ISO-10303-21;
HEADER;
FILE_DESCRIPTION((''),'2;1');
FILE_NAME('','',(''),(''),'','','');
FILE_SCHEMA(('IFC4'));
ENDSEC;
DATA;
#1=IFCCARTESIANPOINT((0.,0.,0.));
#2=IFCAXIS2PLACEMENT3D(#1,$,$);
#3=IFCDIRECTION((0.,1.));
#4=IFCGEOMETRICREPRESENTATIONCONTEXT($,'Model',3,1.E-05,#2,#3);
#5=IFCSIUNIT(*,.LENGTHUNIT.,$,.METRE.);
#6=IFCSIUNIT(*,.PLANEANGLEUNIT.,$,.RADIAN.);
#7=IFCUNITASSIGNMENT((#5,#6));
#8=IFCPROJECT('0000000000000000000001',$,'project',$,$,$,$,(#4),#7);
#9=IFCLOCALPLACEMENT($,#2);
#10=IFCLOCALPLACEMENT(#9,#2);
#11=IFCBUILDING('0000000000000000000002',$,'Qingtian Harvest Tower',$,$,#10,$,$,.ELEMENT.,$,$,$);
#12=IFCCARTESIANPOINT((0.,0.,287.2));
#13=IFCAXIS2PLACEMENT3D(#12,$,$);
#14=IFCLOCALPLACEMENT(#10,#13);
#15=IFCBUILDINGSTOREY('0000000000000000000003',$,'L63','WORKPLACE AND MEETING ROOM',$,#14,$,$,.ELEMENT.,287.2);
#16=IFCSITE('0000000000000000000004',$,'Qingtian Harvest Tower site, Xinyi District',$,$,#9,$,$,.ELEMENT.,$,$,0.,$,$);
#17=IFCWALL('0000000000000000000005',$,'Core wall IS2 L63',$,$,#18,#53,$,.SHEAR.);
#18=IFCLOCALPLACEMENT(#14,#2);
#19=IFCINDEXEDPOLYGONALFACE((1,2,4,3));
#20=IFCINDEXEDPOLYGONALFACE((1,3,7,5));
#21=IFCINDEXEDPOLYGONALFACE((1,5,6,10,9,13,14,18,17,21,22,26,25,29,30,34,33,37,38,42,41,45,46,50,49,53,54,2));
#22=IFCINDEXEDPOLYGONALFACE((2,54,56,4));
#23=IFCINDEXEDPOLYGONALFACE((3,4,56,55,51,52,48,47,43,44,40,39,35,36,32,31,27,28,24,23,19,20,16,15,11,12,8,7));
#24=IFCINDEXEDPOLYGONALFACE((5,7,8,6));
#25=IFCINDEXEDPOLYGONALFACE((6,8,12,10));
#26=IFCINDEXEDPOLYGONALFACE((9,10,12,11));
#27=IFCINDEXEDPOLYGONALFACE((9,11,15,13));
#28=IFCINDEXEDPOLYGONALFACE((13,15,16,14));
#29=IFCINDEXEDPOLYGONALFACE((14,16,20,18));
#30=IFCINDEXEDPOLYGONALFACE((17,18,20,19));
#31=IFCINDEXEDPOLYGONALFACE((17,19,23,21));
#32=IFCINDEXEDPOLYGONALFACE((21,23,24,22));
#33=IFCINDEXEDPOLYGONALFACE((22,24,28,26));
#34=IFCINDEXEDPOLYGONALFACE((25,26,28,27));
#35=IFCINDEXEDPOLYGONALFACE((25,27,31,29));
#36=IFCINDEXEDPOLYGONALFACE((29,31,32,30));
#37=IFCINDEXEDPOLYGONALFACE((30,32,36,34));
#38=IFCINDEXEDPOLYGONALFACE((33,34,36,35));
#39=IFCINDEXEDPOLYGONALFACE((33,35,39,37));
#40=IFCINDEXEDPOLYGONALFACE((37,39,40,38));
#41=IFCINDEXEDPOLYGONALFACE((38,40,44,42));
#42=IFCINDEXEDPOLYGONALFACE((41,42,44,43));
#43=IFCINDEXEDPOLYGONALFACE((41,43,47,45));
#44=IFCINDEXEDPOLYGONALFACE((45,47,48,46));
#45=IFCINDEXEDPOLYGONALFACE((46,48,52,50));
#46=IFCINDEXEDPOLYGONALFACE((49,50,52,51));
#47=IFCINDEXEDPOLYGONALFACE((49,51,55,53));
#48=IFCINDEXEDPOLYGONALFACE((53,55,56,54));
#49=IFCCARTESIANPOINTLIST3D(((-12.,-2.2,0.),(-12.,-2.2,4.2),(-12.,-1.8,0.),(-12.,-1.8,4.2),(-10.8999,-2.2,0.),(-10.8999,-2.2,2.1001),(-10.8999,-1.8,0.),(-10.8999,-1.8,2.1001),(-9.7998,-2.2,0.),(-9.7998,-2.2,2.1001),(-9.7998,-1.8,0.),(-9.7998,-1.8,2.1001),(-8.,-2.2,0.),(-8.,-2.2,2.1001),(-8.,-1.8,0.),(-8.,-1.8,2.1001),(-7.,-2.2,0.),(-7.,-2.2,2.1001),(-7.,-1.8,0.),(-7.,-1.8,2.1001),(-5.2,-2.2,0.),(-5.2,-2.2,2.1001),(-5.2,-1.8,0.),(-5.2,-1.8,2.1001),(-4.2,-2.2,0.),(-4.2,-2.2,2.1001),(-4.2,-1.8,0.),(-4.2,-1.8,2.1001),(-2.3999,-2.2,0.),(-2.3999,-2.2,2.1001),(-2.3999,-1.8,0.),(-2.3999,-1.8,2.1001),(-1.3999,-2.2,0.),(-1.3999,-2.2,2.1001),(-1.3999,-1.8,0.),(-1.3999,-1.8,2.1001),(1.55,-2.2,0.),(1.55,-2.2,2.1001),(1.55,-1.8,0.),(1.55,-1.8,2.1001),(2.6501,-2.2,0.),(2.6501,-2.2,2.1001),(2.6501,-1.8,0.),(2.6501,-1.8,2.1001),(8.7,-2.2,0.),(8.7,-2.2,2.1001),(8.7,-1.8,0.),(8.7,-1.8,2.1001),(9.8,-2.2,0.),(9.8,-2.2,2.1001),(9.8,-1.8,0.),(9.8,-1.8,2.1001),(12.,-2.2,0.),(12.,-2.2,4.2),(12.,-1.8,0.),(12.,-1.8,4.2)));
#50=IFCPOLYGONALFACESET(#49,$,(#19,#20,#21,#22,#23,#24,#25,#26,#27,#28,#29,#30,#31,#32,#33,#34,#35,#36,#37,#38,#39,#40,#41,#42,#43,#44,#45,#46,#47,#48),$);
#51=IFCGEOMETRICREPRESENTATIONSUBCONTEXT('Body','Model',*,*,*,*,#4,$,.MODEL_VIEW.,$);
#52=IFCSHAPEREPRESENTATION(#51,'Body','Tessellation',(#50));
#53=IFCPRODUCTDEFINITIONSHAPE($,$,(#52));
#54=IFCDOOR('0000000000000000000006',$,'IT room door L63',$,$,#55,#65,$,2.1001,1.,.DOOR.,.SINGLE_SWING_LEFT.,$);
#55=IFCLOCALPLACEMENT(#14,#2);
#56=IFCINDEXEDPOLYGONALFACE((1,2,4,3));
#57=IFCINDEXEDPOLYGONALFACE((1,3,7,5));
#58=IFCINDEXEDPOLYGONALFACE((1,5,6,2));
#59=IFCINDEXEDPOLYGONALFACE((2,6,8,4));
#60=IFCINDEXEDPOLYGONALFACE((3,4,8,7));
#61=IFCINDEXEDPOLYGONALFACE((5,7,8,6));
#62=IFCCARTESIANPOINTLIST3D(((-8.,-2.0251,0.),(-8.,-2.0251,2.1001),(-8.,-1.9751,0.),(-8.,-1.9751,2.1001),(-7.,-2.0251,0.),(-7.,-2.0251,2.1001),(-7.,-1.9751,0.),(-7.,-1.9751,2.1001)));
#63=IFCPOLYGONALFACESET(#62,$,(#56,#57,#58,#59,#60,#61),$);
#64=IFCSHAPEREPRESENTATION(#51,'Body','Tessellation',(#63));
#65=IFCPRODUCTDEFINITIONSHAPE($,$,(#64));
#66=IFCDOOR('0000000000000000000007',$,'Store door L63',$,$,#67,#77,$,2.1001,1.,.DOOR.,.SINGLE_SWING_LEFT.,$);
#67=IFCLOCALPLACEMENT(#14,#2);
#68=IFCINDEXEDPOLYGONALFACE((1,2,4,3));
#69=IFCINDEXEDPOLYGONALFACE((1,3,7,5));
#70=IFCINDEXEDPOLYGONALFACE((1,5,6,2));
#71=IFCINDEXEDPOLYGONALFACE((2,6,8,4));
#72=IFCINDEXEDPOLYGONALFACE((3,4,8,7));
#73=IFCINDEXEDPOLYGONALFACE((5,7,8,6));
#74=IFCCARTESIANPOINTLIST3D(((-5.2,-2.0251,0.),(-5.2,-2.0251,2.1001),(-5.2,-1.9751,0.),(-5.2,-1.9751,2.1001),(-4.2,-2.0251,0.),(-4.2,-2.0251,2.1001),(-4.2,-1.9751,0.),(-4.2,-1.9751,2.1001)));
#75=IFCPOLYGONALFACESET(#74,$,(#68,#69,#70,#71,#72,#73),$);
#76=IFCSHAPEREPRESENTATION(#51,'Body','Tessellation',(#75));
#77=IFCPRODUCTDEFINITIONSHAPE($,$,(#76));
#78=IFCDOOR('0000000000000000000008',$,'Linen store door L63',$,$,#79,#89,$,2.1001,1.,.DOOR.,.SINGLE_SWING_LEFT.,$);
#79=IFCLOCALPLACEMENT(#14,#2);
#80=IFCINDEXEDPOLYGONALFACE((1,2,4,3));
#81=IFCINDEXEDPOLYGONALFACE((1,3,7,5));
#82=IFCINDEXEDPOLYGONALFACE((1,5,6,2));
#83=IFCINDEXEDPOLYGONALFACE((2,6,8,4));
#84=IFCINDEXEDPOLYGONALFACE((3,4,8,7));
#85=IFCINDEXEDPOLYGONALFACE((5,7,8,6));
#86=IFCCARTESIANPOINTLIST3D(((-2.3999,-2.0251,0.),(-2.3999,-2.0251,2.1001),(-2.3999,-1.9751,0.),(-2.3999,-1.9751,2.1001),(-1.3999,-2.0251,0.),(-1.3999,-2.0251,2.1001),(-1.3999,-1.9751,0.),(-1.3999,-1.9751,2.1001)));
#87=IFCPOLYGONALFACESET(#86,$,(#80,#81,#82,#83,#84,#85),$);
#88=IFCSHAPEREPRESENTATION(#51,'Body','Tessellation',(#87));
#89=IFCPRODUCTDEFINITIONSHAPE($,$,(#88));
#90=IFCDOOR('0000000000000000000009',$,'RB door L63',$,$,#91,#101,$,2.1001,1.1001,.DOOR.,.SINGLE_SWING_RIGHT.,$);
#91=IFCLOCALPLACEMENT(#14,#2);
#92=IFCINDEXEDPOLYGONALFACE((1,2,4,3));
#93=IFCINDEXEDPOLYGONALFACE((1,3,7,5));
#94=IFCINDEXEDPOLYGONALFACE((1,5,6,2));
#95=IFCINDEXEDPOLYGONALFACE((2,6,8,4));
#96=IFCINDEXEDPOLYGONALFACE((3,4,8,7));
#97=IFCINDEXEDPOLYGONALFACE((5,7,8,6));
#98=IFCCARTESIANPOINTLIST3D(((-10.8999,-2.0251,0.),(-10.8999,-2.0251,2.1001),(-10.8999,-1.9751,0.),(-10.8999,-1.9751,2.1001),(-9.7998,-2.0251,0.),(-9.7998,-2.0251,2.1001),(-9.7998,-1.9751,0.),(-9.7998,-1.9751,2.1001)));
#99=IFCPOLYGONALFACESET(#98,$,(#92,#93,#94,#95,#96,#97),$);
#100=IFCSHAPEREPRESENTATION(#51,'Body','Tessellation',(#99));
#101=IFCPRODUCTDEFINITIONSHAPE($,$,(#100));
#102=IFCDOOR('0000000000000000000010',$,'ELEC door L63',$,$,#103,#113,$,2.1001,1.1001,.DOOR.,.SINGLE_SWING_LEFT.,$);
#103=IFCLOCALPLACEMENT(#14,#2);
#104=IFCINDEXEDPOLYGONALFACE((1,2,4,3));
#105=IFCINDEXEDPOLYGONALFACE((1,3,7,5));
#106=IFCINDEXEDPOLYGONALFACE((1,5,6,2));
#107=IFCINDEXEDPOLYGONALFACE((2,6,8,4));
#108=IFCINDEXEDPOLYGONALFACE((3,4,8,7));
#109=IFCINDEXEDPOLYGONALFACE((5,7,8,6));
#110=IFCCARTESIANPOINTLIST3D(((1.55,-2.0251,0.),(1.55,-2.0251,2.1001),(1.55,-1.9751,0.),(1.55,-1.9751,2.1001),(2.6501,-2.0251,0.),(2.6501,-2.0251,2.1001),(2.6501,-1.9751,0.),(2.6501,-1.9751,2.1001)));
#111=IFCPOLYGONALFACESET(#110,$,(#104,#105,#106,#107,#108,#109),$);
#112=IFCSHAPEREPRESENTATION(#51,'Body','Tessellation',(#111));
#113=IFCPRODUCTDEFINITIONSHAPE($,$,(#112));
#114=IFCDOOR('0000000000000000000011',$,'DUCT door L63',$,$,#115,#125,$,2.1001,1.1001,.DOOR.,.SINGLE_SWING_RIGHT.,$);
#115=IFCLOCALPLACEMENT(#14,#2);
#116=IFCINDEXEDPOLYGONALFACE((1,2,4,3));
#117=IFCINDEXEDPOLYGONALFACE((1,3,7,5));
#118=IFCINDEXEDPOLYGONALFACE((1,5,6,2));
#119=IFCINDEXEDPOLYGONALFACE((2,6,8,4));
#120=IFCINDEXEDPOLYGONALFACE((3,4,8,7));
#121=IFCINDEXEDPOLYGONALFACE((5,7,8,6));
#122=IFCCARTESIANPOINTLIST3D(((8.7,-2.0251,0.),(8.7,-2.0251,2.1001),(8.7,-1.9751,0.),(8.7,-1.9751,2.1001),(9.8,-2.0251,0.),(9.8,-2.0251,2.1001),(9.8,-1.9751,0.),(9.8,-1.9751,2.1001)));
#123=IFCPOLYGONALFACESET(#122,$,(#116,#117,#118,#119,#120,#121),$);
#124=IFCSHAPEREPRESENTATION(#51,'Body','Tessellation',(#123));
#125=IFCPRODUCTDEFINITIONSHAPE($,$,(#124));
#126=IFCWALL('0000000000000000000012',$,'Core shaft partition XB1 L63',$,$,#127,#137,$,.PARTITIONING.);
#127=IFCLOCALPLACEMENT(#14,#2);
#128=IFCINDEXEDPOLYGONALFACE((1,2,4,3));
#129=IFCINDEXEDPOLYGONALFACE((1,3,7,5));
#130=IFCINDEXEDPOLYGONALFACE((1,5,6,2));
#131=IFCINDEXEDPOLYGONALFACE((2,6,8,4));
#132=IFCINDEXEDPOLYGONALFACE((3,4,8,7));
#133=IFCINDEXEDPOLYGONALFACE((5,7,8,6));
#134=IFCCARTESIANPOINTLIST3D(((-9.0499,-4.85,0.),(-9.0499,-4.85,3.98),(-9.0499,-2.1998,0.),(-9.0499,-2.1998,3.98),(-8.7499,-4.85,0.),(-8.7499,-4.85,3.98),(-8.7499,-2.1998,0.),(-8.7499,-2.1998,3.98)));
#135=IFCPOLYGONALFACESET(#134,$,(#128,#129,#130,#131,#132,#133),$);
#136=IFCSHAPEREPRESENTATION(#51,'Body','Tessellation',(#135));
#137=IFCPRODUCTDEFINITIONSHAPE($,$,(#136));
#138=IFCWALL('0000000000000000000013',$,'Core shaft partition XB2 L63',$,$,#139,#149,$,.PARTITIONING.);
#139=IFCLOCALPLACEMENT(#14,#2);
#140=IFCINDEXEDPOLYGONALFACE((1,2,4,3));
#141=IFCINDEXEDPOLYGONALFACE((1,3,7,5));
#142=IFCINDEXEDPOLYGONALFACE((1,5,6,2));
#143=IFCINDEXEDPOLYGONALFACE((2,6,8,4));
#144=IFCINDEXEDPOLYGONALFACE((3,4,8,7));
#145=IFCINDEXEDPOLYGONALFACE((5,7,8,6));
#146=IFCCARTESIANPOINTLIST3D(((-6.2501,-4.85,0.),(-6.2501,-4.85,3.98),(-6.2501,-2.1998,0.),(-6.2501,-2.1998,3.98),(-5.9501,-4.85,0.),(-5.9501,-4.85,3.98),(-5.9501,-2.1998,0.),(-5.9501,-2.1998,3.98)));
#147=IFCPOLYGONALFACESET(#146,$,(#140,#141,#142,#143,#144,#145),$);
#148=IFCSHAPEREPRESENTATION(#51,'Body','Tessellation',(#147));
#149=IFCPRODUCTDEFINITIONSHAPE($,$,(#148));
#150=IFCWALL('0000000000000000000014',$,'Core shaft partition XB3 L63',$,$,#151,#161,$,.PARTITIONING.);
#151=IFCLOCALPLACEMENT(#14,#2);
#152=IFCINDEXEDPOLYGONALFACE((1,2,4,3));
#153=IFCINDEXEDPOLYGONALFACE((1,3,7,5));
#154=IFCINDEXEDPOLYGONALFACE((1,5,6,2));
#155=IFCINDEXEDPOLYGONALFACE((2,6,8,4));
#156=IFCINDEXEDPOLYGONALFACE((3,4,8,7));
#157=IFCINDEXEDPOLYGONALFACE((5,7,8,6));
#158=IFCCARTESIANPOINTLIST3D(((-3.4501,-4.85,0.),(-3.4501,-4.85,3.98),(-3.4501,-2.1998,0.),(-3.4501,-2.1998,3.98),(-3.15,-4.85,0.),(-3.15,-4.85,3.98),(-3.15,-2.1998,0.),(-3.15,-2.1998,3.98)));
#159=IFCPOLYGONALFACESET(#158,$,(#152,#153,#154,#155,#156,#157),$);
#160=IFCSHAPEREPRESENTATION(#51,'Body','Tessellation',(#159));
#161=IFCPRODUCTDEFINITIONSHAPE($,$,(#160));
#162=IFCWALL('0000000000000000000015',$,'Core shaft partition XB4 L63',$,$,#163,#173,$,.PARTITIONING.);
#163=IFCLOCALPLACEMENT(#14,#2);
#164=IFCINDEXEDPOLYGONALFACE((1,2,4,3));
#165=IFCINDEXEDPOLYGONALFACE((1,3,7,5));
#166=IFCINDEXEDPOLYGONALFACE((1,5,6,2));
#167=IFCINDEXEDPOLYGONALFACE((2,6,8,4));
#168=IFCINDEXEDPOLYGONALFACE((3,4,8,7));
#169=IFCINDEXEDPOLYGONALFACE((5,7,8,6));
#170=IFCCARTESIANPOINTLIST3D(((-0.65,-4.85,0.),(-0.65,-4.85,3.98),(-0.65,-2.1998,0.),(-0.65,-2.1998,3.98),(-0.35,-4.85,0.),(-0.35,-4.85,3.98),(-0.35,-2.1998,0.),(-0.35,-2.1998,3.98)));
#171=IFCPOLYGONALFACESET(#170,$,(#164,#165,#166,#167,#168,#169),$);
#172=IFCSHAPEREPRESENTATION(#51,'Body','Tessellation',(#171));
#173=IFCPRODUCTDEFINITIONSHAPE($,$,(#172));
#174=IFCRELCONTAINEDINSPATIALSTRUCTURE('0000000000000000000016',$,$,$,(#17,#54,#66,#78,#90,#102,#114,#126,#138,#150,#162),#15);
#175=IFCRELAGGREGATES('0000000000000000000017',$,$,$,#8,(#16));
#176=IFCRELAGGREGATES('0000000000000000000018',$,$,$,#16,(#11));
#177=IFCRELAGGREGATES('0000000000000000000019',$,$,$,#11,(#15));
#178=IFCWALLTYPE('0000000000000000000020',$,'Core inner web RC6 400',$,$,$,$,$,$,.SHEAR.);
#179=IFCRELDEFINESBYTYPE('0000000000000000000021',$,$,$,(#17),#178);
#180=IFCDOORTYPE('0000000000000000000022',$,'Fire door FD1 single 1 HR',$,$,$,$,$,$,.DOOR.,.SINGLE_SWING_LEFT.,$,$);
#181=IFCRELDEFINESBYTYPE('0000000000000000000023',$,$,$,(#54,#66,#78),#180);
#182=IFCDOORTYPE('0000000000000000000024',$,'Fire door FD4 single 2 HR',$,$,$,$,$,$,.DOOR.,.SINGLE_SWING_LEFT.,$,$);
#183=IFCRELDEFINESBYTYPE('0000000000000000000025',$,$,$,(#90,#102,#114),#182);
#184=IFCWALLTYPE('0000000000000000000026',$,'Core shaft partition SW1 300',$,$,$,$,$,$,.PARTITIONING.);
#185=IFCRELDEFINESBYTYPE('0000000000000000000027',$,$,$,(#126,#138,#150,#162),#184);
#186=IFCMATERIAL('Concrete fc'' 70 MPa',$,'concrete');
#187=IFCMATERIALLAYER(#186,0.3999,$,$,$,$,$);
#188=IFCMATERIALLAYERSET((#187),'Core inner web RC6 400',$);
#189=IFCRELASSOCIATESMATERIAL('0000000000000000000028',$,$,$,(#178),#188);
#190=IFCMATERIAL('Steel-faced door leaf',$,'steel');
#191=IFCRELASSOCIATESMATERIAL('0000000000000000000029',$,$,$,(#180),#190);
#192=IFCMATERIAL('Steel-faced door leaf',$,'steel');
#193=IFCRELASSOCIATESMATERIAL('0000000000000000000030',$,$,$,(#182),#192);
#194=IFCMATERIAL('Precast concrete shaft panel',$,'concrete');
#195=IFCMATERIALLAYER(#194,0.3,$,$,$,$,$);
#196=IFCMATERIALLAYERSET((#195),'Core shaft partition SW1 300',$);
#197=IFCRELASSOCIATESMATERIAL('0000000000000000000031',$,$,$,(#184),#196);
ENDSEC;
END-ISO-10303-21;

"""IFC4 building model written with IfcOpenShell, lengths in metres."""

from ifc_helpers import new_model, si_unit, direction, frame, frame_2d, origin, place, context, subcontext, project, spatial, rectangle, extrude, material, layer, layer_set, type_object, element, fill, save


model = new_model("IFC4")

# Units and contexts
model_context = context("Model", 3, precision=1e-05, world=origin(), true_north=direction((0.0, 1.0)))
body_context = subcontext(model_context, "Body", "Model", "MODEL_VIEW")
ifc_project = project(units=[si_unit("LENGTHUNIT", "METRE"), si_unit("PLANEANGLEUNIT", "RADIAN")], contexts=[model_context])

# Site, building, storey
site_placement = place(None, origin())
site = spatial("IfcSite", under=ifc_project, at=site_placement, Name="Qingtian Harvest Tower site, Xinyi District", CompositionType="ELEMENT", RefElevation=0.0)
building_placement = place(site_placement, origin())
building = spatial("IfcBuilding", under=site, at=building_placement, Name="Qingtian Harvest Tower", CompositionType="ELEMENT")
storey_placement = place(building_placement, frame((0.0, 0.0, 287.2)))
storey = spatial("IfcBuildingStorey", under=building, at=storey_placement, Name="L63", Description="WORKPLACE AND MEETING ROOM", CompositionType="ELEMENT", Elevation=287.2)

# Wall, openings, doors
ifc_material_1 = material(Name="Concrete fc' 70 MPa", Category="concrete")
ifc_layer_1 = layer(ifc_material_1, 0.3999)
ifc_layer_set_1 = layer_set([ifc_layer_1], Name="Core inner web RC6 400")
wall_type_1 = type_object("IfcWallType", Name="Core inner web RC6 400", PredefinedType="SHEAR", material=ifc_layer_set_1)
wall_1_placement = place(storey_placement, frame((-12.0, -2.0, 0.0), z_axis=(0.0, 0.0, 1.0), x_axis=(1.0, 0.0, 0.0)))
wall_1 = element("IfcWall", 1, at=wall_1_placement, inside=storey, type_object=wall_type_1, Name="Core wall IS2 L63", PredefinedType="SHEAR", context=body_context, shape_type="SweptSolid", body=[
    extrude(rectangle(XDim=24.0, YDim=0.3999, at=frame_2d((12.0, 0.0))), origin(), (0.0, 0.0, 1.0), 4.2),
])
opening_1_placement = place(wall_1_placement, frame((1.1001, 0.0, 0.0)))
opening_1 = element("IfcOpeningElement", 2, at=opening_1_placement, cuts=wall_1, PredefinedType="OPENING", context=body_context, shape_type="SweptSolid", body=[
    extrude(rectangle(XDim=1.1001, YDim=2.1001, at=frame_2d((0.55, 1.05))), frame((0.0, 0.21, 0.0), z_axis=(0.0, -1.0, 0.0), x_axis=(1.0, 0.0, 0.0)), (0.0, 0.0, 1.0), 0.4199),
])
opening_2_placement = place(wall_1_placement, frame((13.55, 0.0, 0.0)))
opening_2 = element("IfcOpeningElement", 3, at=opening_2_placement, cuts=wall_1, PredefinedType="OPENING", context=body_context, shape_type="SweptSolid", body=[
    extrude(rectangle(XDim=1.1001, YDim=2.1001, at=frame_2d((0.55, 1.05))), frame((0.0, 0.21, 0.0), z_axis=(0.0, -1.0, 0.0), x_axis=(1.0, 0.0, 0.0)), (0.0, 0.0, 1.0), 0.4199),
])
opening_3_placement = place(wall_1_placement, frame((20.7, 0.0, 0.0)))
opening_3 = element("IfcOpeningElement", 4, at=opening_3_placement, cuts=wall_1, PredefinedType="OPENING", context=body_context, shape_type="SweptSolid", body=[
    extrude(rectangle(XDim=1.1001, YDim=2.1001, at=frame_2d((0.55, 1.05))), frame((0.0, 0.21, 0.0), z_axis=(0.0, -1.0, 0.0), x_axis=(1.0, 0.0, 0.0)), (0.0, 0.0, 1.0), 0.4199),
])
opening_4_placement = place(wall_1_placement, frame((4.0, 0.0, 0.0)))
opening_4 = element("IfcOpeningElement", 5, at=opening_4_placement, cuts=wall_1, PredefinedType="OPENING", context=body_context, shape_type="SweptSolid", body=[
    extrude(rectangle(XDim=1.0, YDim=2.1001, at=frame_2d((0.5, 1.05))), frame((0.0, 0.21, 0.0), z_axis=(0.0, -1.0, 0.0), x_axis=(1.0, 0.0, 0.0)), (0.0, 0.0, 1.0), 0.4199),
])
opening_5_placement = place(wall_1_placement, frame((6.8, 0.0, 0.0)))
opening_5 = element("IfcOpeningElement", 6, at=opening_5_placement, cuts=wall_1, PredefinedType="OPENING", context=body_context, shape_type="SweptSolid", body=[
    extrude(rectangle(XDim=1.0, YDim=2.1001, at=frame_2d((0.5, 1.05))), frame((0.0, 0.21, 0.0), z_axis=(0.0, -1.0, 0.0), x_axis=(1.0, 0.0, 0.0)), (0.0, 0.0, 1.0), 0.4199),
])
opening_6_placement = place(wall_1_placement, frame((9.6001, 0.0, 0.0)))
opening_6 = element("IfcOpeningElement", 7, at=opening_6_placement, cuts=wall_1, PredefinedType="OPENING", context=body_context, shape_type="SweptSolid", body=[
    extrude(rectangle(XDim=1.0, YDim=2.1001, at=frame_2d((0.5, 1.05))), frame((0.0, 0.21, 0.0), z_axis=(0.0, -1.0, 0.0), x_axis=(1.0, 0.0, 0.0)), (0.0, 0.0, 1.0), 0.4199),
])
ifc_material_2 = material(Name="Steel-faced door leaf", Category="steel")
door_type_1 = type_object("IfcDoorType", Name="Fire door FD1 single 1 HR", OperationType="SINGLE_SWING_LEFT", PredefinedType="DOOR", material=ifc_material_2)
door_1_placement = place(opening_4_placement, origin())
door_1 = element("IfcDoor", 8, at=door_1_placement, inside=storey, type_object=door_type_1, Name="IT room door L63", OperationType="SINGLE_SWING_LEFT", OverallHeight=2.1001, OverallWidth=1.0, PredefinedType="DOOR", context=body_context, shape_type="SweptSolid", body=[
    extrude(rectangle(XDim=1.0, YDim=2.1001, at=frame_2d((0.5, 1.05))), frame((0.0, 0.0249, 0.0), z_axis=(0.0, -1.0, 0.0), x_axis=(1.0, 0.0, 0.0)), (0.0, 0.0, 1.0), 0.05),
])
fill(opening_4, door_1)
door_2_placement = place(opening_5_placement, origin())
door_2 = element("IfcDoor", 9, at=door_2_placement, inside=storey, type_object=door_type_1, Name="Store door L63", OperationType="SINGLE_SWING_LEFT", OverallHeight=2.1001, OverallWidth=1.0, PredefinedType="DOOR", context=body_context, shape_type="SweptSolid", body=[
    extrude(rectangle(XDim=1.0, YDim=2.1001, at=frame_2d((0.5, 1.05))), frame((0.0, 0.0249, 0.0), z_axis=(0.0, -1.0, 0.0), x_axis=(1.0, 0.0, 0.0)), (0.0, 0.0, 1.0), 0.05),
])
fill(opening_5, door_2)
door_3_placement = place(opening_6_placement, origin())
door_3 = element("IfcDoor", 10, at=door_3_placement, inside=storey, type_object=door_type_1, Name="Linen store door L63", OperationType="SINGLE_SWING_LEFT", OverallHeight=2.1001, OverallWidth=1.0, PredefinedType="DOOR", context=body_context, shape_type="SweptSolid", body=[
    extrude(rectangle(XDim=1.0, YDim=2.1001, at=frame_2d((0.5, 1.05))), frame((0.0, 0.0249, 0.0), z_axis=(0.0, -1.0, 0.0), x_axis=(1.0, 0.0, 0.0)), (0.0, 0.0, 1.0), 0.05),
])
fill(opening_6, door_3)
ifc_material_3 = material(Name="Steel-faced door leaf", Category="steel")
door_type_2 = type_object("IfcDoorType", Name="Fire door FD4 single 2 HR", OperationType="SINGLE_SWING_LEFT", PredefinedType="DOOR", material=ifc_material_3)
door_4_placement = place(opening_1_placement, origin())
door_4 = element("IfcDoor", 11, at=door_4_placement, inside=storey, type_object=door_type_2, Name="RB door L63", OperationType="SINGLE_SWING_RIGHT", OverallHeight=2.1001, OverallWidth=1.1001, PredefinedType="DOOR", context=body_context, shape_type="SweptSolid", body=[
    extrude(rectangle(XDim=1.1001, YDim=2.1001, at=frame_2d((0.55, 1.05))), frame((0.0, 0.0249, 0.0), z_axis=(0.0, -1.0, 0.0), x_axis=(1.0, 0.0, 0.0)), (0.0, 0.0, 1.0), 0.05),
])
fill(opening_1, door_4)
door_5_placement = place(opening_2_placement, origin())
door_5 = element("IfcDoor", 12, at=door_5_placement, inside=storey, type_object=door_type_2, Name="ELEC door L63", OperationType="SINGLE_SWING_LEFT", OverallHeight=2.1001, OverallWidth=1.1001, PredefinedType="DOOR", context=body_context, shape_type="SweptSolid", body=[
    extrude(rectangle(XDim=1.1001, YDim=2.1001, at=frame_2d((0.55, 1.05))), frame((0.0, 0.0249, 0.0), z_axis=(0.0, -1.0, 0.0), x_axis=(1.0, 0.0, 0.0)), (0.0, 0.0, 1.0), 0.05),
])
fill(opening_2, door_5)
door_6_placement = place(opening_3_placement, origin())
door_6 = element("IfcDoor", 13, at=door_6_placement, inside=storey, type_object=door_type_2, Name="DUCT door L63", OperationType="SINGLE_SWING_RIGHT", OverallHeight=2.1001, OverallWidth=1.1001, PredefinedType="DOOR", context=body_context, shape_type="SweptSolid", body=[
    extrude(rectangle(XDim=1.1001, YDim=2.1001, at=frame_2d((0.55, 1.05))), frame((0.0, 0.0249, 0.0), z_axis=(0.0, -1.0, 0.0), x_axis=(1.0, 0.0, 0.0)), (0.0, 0.0, 1.0), 0.05),
])
fill(opening_3, door_6)

# Walls
ifc_material_4 = material(Name="Precast concrete shaft panel", Category="concrete")
ifc_layer_2 = layer(ifc_material_4, 0.3)
ifc_layer_set_2 = layer_set([ifc_layer_2], Name="Core shaft partition SW1 300")
wall_type_2 = type_object("IfcWallType", Name="Core shaft partition SW1 300", PredefinedType="PARTITIONING", material=ifc_layer_set_2)
for number, where, z_axis, x_axis, name in (
    (14, (-8.8999, -4.8501, 0.0), (0.0, 0.0, 1.0), (0.0, 1.0, 0.0), "Core shaft partition XB1 L63"),
    (15, (-6.1001, -4.8501, 0.0), (0.0, 0.0, 1.0), (0.0, 1.0, 0.0), "Core shaft partition XB2 L63"),
    (16, (-3.3, -4.8501, 0.0), (0.0, 0.0, 1.0), (0.0, 1.0, 0.0), "Core shaft partition XB3 L63"),
    (17, (-0.5, -4.8501, 0.0), (0.0, 0.0, 1.0), (0.0, 1.0, 0.0), "Core shaft partition XB4 L63"),
):
    element("IfcWall", number, at=place(storey_placement, frame(where, z_axis=z_axis, x_axis=x_axis)), inside=storey, type_object=wall_type_2, Name=name, PredefinedType="PARTITIONING", context=body_context, shape_type="SweptSolid", body=[
        extrude(rectangle(XDim=2.6501, YDim=0.3, at=frame_2d((1.3252, 0.0))), origin(), (0.0, 0.0, 1.0), 3.98),
    ])

save(model, "model.ifc")
